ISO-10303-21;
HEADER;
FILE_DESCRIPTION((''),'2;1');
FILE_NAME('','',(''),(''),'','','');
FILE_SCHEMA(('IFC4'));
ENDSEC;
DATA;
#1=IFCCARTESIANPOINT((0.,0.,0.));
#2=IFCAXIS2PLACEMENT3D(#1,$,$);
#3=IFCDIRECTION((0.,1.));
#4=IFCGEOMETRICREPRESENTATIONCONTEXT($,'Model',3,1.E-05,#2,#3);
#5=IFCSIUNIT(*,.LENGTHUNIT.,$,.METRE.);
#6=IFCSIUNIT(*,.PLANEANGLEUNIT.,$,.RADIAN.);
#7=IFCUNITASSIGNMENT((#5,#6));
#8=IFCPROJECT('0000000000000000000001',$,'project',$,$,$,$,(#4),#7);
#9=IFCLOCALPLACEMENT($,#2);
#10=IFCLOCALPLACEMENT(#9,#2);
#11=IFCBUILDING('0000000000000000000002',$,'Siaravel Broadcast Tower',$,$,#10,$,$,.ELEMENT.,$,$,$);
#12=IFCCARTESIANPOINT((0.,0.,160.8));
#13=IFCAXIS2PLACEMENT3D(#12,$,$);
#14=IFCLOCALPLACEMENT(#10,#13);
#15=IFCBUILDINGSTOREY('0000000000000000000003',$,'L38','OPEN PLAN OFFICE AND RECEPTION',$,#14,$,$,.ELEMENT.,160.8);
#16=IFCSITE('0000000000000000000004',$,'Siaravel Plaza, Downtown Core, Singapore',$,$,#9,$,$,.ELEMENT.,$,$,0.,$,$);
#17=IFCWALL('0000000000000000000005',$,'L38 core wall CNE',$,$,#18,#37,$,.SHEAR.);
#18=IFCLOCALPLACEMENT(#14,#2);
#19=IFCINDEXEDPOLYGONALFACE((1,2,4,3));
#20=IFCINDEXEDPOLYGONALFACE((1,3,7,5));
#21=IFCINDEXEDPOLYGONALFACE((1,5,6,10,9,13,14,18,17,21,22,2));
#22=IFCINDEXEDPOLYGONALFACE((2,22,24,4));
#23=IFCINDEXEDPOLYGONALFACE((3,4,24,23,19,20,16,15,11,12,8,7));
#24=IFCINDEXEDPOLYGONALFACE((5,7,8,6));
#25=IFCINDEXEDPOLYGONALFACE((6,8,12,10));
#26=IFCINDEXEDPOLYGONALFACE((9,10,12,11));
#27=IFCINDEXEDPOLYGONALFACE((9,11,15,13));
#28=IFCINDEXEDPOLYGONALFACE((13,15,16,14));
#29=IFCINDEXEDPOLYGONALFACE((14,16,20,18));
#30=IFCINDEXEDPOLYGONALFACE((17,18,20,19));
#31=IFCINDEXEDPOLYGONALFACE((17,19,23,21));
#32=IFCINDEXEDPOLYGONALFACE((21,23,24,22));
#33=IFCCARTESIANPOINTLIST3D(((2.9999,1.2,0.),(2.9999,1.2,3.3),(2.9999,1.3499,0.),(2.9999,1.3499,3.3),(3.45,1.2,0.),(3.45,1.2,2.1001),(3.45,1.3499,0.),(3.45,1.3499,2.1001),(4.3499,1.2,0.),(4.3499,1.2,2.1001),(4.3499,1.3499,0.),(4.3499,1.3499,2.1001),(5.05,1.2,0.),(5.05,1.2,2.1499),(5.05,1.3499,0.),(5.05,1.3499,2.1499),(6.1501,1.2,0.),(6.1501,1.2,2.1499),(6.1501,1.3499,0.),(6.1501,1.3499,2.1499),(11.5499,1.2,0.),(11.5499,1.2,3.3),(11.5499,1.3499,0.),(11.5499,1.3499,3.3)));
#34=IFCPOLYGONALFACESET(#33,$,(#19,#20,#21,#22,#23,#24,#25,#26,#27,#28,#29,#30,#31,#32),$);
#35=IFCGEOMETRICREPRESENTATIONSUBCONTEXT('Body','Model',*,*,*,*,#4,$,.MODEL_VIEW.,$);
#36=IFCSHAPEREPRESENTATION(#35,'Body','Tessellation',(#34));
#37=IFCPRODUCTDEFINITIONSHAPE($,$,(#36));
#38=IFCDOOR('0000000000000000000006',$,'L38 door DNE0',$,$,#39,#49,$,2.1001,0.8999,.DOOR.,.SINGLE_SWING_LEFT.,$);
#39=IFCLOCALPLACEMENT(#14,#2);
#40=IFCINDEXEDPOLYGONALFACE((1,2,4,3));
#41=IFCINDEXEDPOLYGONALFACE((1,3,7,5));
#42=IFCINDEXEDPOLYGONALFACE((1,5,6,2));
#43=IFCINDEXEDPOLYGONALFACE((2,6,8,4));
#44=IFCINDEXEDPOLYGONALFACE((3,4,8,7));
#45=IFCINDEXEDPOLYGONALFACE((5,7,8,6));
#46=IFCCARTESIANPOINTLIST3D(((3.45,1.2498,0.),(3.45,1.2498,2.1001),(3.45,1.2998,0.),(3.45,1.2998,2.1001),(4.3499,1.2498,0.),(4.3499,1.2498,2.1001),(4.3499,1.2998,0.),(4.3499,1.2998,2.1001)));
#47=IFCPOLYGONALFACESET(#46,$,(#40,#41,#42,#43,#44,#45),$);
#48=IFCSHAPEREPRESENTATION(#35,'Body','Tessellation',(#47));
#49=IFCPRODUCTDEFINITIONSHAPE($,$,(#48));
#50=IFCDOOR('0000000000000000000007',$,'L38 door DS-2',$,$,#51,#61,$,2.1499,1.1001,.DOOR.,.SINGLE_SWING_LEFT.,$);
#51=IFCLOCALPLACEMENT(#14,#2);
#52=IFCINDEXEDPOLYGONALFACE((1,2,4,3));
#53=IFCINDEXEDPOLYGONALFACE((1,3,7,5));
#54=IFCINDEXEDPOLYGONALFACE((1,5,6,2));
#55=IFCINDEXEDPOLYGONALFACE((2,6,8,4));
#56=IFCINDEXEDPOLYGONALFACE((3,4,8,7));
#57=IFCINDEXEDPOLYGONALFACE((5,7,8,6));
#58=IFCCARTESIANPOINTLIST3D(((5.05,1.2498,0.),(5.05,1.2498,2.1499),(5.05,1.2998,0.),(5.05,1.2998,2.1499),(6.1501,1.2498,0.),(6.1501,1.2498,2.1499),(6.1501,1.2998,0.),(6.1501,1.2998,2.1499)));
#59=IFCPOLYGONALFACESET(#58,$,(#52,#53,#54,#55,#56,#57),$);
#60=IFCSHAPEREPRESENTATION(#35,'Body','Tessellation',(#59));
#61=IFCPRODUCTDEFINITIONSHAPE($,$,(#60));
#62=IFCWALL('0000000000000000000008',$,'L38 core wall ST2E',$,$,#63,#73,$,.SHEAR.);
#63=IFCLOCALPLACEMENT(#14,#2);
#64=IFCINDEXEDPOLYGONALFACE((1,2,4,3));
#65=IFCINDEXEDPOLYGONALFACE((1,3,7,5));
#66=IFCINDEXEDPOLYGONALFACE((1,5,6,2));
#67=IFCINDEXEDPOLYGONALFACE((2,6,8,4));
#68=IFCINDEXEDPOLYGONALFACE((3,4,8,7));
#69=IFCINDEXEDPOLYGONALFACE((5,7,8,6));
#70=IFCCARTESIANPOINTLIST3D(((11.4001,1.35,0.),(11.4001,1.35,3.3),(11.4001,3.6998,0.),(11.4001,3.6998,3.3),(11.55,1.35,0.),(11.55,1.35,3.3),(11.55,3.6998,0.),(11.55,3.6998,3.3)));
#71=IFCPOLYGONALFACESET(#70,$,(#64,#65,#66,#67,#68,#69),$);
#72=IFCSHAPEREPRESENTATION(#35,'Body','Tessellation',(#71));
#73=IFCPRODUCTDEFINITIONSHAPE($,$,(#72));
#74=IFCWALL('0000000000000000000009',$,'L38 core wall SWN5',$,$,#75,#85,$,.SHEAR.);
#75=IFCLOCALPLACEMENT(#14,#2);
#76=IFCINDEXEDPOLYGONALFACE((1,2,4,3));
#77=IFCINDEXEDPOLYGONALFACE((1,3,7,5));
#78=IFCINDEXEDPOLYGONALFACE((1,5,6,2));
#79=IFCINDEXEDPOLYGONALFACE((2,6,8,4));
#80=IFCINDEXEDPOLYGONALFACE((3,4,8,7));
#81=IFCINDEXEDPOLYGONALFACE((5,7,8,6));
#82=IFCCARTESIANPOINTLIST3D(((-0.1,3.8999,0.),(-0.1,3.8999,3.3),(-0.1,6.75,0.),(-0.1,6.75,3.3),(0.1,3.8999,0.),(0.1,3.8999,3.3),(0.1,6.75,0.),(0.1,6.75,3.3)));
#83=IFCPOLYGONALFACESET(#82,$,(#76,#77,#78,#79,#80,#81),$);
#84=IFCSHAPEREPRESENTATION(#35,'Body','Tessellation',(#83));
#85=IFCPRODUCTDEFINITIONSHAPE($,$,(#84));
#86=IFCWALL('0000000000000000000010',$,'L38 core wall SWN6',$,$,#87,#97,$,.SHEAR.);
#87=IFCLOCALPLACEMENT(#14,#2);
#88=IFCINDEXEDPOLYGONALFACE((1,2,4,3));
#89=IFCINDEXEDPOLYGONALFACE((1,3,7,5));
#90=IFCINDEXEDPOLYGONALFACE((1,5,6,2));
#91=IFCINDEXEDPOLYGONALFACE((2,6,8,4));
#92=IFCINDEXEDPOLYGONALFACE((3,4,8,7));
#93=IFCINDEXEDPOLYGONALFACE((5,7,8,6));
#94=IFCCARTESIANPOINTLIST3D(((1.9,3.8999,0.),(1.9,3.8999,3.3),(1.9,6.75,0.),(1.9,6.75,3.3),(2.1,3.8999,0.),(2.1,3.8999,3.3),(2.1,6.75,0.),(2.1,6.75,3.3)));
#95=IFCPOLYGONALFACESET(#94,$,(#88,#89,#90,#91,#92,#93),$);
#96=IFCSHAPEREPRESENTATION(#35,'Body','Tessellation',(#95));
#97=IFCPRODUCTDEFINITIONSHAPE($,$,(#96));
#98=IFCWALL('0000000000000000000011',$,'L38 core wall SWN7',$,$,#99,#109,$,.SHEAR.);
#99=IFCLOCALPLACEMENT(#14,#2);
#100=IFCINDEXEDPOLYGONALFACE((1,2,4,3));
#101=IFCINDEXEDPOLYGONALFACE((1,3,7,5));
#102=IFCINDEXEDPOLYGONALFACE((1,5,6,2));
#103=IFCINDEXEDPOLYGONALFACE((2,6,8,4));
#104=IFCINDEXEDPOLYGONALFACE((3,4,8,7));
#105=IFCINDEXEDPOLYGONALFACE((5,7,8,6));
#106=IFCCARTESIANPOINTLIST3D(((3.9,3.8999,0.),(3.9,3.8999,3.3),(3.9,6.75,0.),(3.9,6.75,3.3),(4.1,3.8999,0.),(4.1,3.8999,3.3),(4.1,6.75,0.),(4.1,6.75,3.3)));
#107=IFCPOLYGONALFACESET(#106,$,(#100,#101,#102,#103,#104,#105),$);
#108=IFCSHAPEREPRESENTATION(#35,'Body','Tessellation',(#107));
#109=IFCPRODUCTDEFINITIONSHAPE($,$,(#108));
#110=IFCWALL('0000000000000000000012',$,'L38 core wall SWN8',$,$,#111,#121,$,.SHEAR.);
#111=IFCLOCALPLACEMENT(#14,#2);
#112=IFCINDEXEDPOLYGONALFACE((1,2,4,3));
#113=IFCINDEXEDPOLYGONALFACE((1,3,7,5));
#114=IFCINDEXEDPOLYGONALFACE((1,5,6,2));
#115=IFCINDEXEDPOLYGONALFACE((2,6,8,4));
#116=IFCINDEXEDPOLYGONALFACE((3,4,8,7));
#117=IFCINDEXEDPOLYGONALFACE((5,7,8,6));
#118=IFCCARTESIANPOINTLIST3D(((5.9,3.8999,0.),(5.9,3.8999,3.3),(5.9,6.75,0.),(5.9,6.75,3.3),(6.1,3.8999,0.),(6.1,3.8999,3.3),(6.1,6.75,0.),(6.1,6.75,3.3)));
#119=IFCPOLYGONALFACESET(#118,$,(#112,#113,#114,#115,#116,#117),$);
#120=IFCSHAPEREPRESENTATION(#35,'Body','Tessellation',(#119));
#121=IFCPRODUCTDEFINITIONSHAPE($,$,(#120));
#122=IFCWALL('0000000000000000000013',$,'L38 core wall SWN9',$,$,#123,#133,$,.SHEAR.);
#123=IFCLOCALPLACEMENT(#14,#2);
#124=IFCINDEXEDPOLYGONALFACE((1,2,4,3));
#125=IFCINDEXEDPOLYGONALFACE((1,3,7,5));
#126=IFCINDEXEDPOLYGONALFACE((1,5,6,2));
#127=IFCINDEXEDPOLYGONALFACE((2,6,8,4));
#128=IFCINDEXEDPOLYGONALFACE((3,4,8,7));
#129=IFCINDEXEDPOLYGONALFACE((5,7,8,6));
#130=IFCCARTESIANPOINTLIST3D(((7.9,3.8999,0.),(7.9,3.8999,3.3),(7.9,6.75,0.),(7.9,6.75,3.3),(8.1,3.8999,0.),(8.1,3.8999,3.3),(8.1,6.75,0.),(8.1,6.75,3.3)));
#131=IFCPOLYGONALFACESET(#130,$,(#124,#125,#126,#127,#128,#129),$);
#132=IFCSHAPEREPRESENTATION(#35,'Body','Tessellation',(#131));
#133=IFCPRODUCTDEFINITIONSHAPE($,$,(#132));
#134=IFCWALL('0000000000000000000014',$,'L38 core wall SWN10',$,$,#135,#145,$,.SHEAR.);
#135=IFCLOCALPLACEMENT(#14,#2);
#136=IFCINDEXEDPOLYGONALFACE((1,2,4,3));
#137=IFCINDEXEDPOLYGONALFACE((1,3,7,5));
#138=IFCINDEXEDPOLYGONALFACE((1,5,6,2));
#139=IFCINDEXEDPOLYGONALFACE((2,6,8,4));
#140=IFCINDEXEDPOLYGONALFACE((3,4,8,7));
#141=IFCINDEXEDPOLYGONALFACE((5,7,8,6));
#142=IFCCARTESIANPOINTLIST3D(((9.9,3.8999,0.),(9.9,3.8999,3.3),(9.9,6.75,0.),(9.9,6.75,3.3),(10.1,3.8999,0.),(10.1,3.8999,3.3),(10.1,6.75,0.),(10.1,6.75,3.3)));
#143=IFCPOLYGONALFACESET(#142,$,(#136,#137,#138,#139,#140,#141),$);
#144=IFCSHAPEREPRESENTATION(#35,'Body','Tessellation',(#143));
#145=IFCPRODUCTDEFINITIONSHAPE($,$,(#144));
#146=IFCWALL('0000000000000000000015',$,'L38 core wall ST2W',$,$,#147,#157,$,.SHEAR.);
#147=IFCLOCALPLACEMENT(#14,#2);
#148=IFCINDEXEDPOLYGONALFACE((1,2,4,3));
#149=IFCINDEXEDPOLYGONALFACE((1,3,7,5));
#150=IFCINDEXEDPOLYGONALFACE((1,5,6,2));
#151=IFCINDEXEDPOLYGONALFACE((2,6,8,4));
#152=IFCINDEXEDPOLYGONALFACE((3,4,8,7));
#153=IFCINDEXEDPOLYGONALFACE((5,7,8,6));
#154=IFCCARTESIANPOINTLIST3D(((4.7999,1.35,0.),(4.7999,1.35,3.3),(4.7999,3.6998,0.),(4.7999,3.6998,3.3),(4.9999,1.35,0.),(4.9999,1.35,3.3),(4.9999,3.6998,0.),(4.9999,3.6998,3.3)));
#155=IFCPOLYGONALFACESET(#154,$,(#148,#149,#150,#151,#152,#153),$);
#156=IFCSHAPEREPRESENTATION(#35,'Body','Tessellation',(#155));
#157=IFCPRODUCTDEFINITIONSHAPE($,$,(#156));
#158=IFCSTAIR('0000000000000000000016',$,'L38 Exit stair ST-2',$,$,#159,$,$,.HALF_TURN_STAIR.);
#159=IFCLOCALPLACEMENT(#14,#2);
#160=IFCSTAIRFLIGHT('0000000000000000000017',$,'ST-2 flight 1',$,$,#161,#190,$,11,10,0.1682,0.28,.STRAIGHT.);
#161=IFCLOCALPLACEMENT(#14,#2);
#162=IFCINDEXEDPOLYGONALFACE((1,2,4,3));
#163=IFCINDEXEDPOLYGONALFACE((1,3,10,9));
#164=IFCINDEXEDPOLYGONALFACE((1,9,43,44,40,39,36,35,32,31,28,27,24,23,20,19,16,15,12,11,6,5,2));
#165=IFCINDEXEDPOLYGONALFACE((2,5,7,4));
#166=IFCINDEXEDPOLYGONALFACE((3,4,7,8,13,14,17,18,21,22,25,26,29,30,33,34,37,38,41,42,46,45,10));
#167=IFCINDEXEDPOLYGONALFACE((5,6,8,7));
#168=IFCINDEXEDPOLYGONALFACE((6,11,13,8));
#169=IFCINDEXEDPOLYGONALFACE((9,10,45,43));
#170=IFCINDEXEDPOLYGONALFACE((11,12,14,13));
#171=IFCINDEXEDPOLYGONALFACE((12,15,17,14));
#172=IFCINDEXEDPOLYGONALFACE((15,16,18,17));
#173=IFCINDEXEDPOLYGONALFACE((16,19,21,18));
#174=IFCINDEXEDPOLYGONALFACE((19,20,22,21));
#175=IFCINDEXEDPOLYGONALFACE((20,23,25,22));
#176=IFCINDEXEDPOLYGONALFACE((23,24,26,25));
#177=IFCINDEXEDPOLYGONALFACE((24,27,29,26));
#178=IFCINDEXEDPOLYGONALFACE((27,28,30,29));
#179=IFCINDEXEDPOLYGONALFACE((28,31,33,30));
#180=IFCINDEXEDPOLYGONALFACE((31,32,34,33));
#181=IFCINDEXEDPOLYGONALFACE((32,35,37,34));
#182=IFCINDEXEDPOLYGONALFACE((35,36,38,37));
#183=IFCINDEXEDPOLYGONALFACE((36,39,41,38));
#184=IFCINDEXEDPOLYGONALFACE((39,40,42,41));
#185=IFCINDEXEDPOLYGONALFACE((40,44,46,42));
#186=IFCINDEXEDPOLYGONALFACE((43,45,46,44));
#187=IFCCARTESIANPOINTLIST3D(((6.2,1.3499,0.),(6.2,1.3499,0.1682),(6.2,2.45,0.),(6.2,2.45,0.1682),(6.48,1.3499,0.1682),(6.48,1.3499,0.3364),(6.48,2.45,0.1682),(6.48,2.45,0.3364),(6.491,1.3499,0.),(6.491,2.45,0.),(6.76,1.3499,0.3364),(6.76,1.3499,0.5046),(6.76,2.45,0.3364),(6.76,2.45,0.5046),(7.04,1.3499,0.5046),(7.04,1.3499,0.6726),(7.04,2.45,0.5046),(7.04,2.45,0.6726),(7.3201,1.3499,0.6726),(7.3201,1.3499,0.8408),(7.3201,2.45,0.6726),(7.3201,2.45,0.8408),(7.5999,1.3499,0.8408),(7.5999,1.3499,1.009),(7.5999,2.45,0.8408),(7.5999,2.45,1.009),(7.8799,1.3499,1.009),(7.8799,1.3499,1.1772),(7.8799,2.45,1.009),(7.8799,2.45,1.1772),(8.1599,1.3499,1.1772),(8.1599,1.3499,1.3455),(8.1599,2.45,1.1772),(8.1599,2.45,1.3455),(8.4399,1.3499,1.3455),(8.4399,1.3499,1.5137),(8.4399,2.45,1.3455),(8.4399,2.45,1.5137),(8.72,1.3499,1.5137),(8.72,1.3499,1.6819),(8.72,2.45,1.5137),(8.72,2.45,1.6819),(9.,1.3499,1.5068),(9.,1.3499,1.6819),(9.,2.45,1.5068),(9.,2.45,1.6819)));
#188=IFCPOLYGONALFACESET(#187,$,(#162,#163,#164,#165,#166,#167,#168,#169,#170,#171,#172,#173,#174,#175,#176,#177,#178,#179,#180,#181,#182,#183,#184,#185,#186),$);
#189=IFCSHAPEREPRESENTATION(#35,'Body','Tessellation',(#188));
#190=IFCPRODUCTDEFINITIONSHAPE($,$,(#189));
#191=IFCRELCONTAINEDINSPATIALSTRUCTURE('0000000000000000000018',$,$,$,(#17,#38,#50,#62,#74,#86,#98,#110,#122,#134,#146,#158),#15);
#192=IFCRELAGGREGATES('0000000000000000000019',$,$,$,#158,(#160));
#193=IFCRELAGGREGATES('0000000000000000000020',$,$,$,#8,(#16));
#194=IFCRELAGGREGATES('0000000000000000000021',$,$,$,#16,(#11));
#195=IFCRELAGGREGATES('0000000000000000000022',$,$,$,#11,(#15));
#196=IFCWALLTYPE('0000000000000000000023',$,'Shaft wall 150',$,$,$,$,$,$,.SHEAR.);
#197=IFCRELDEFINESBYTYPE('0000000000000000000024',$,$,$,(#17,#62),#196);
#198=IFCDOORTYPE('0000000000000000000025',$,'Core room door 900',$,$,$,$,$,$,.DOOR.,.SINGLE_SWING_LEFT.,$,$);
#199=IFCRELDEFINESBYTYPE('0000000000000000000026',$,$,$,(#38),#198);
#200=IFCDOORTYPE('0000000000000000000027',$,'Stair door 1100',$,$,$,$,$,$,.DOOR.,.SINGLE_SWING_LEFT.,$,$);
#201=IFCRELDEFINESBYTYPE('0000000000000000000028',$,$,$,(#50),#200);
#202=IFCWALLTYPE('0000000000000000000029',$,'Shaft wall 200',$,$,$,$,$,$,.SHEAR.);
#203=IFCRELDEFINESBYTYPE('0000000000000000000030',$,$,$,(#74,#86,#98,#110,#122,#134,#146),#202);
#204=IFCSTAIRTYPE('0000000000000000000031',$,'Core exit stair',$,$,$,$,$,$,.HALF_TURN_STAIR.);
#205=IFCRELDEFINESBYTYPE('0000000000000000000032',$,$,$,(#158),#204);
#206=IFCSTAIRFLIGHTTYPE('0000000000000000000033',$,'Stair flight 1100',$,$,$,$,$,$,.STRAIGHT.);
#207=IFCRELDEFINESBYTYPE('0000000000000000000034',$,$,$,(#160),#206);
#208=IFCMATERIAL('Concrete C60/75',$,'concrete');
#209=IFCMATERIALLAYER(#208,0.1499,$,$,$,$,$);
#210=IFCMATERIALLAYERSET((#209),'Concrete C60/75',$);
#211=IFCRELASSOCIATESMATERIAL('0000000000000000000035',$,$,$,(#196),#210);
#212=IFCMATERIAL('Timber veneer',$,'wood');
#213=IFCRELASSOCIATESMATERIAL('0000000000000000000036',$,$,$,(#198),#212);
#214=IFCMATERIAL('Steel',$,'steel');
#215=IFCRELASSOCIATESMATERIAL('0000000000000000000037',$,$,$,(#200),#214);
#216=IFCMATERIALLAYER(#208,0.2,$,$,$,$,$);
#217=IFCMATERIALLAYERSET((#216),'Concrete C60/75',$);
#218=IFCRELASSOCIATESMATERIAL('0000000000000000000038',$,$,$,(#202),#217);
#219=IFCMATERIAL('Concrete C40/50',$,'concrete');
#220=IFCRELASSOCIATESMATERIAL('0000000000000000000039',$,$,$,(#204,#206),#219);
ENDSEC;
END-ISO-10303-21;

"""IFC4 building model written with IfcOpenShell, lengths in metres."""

from ifc_helpers import new_model, si_unit, direction, frame, frame_2d, origin, place, context, subcontext, project, spatial, polyline, rectangle, outline, extrude, material, layer, layer_set, type_object, element, fill, aggregate, save


model = new_model("IFC4")

# Units and contexts
model_context = context("Model", 3, precision=1e-05, world=origin(), true_north=direction((0.0, 1.0)))
body_context = subcontext(model_context, "Body", "Model", "MODEL_VIEW")
ifc_project = project(units=[si_unit("LENGTHUNIT", "METRE"), si_unit("PLANEANGLEUNIT", "RADIAN")], contexts=[model_context])

# Site, building, storey
site_placement = place(None, origin())
site = spatial("IfcSite", under=ifc_project, at=site_placement, Name="Siaravel Plaza, Downtown Core, Singapore", CompositionType="ELEMENT", RefElevation=0.0)
building_placement = place(site_placement, origin())
building = spatial("IfcBuilding", under=site, at=building_placement, Name="Siaravel Broadcast Tower", CompositionType="ELEMENT")
storey_placement = place(building_placement, frame((0.0, 0.0, 160.8)))
storey = spatial("IfcBuildingStorey", under=building, at=storey_placement, Name="L38", Description="OPEN PLAN OFFICE AND RECEPTION", CompositionType="ELEMENT", Elevation=160.8)

# Shared definitions
ifc_material_1 = material(Name="Concrete C60/75", Category="concrete")

# Shared definitions
ifc_material_2 = material(Name="Timber veneer", Category="wood")

# Wall, openings, doors
ifc_layer_1 = layer(ifc_material_1, 0.1499)
ifc_layer_set_1 = layer_set([ifc_layer_1], Name="Concrete C60/75")
wall_type_1 = type_object("IfcWallType", Name="Shaft wall 150", PredefinedType="SHEAR", material=ifc_layer_set_1)
wall_1_placement = place(storey_placement, frame((3.0, 1.2749, 0.0), z_axis=(0.0, 0.0, 1.0), x_axis=(1.0, 0.0, 0.0)))
wall_1 = element("IfcWall", 1, at=wall_1_placement, inside=storey, type_object=wall_type_1, Name="L38 core wall CNE", PredefinedType="SHEAR", context=body_context, shape_type="SweptSolid", body=[
    extrude(rectangle(XDim=8.55, YDim=0.1499, at=frame_2d((4.2749, 0.0))), origin(), (0.0, 0.0, 1.0), 3.3),
])
opening_1_placement = place(wall_1_placement, frame((2.05, 0.0, 0.0)))
opening_1 = element("IfcOpeningElement", 2, at=opening_1_placement, cuts=wall_1, PredefinedType="OPENING", context=body_context, shape_type="SweptSolid", body=[
    extrude(rectangle(XDim=1.1001, YDim=2.1499, at=frame_2d((0.55, 1.075))), frame((0.0, 0.085, 0.0), z_axis=(0.0, -1.0, 0.0), x_axis=(1.0, 0.0, 0.0)), (0.0, 0.0, 1.0), 0.1699),
])
opening_2_placement = place(wall_1_placement, frame((0.45, 0.0, 0.0)))
opening_2 = element("IfcOpeningElement", 3, at=opening_2_placement, cuts=wall_1, PredefinedType="OPENING", context=body_context, shape_type="SweptSolid", body=[
    extrude(rectangle(XDim=0.8999, YDim=2.1001, at=frame_2d((0.45, 1.05))), frame((0.0, 0.085, 0.0), z_axis=(0.0, -1.0, 0.0), x_axis=(1.0, 0.0, 0.0)), (0.0, 0.0, 1.0), 0.1699),
])
door_type_1 = type_object("IfcDoorType", Name="Core room door 900", OperationType="SINGLE_SWING_LEFT", PredefinedType="DOOR", material=ifc_material_2)
door_1_placement = place(opening_2_placement, origin())
door_1 = element("IfcDoor", 4, at=door_1_placement, inside=storey, type_object=door_type_1, Name="L38 door DNE0", OperationType="SINGLE_SWING_LEFT", OverallHeight=2.1001, OverallWidth=0.8999, PredefinedType="DOOR", context=body_context, shape_type="SweptSolid", body=[
    extrude(rectangle(XDim=0.8999, YDim=2.1001, at=frame_2d((0.45, 1.05))), frame((0.0, 0.0249, 0.0), z_axis=(0.0, -1.0, 0.0), x_axis=(1.0, 0.0, 0.0)), (0.0, 0.0, 1.0), 0.05),
])
fill(opening_2, door_1)
ifc_material_3 = material(Name="Steel", Category="steel")
door_type_2 = type_object("IfcDoorType", Name="Stair door 1100", OperationType="SINGLE_SWING_LEFT", PredefinedType="DOOR", material=ifc_material_3)
door_2_placement = place(opening_1_placement, origin())
door_2 = element("IfcDoor", 5, at=door_2_placement, inside=storey, type_object=door_type_2, Name="L38 door DS-2", OperationType="SINGLE_SWING_LEFT", OverallHeight=2.1499, OverallWidth=1.1001, PredefinedType="DOOR", context=body_context, shape_type="SweptSolid", body=[
    extrude(rectangle(XDim=1.1001, YDim=2.1499, at=frame_2d((0.55, 1.075))), frame((0.0, 0.0249, 0.0), z_axis=(0.0, -1.0, 0.0), x_axis=(1.0, 0.0, 0.0)), (0.0, 0.0, 1.0), 0.05),
])
fill(opening_1, door_2)

# Walls
wall_2_placement = place(storey_placement, frame((11.4751, 1.3501, 0.0), z_axis=(0.0, 0.0, 1.0), x_axis=(0.0, 1.0, 0.0)))
element("IfcWall", 6, at=wall_2_placement, inside=storey, type_object=wall_type_1, Name="L38 core wall ST2E", PredefinedType="SHEAR", context=body_context, shape_type="SweptSolid", body=[
    extrude(rectangle(XDim=2.3499, YDim=0.1499, at=frame_2d((1.1748, 0.0))), origin(), (0.0, 0.0, 1.0), 3.3),
])
ifc_layer_2 = layer(ifc_material_1, 0.2)
ifc_layer_set_2 = layer_set([ifc_layer_2], Name="Concrete C60/75")
wall_type_2 = type_object("IfcWallType", Name="Shaft wall 200", PredefinedType="SHEAR", material=ifc_layer_set_2)
for number, where, z_axis, x_axis, name in (
    (7, (0.0, 3.8999, 0.0), (0.0, 0.0, 1.0), (0.0, 1.0, 0.0), "L38 core wall SWN5"),
    (8, (2.0, 3.8999, 0.0), (0.0, 0.0, 1.0), (0.0, 1.0, 0.0), "L38 core wall SWN6"),
    (9, (4.0, 3.8999, 0.0), (0.0, 0.0, 1.0), (0.0, 1.0, 0.0), "L38 core wall SWN7"),
    (10, (6.0, 3.8999, 0.0), (0.0, 0.0, 1.0), (0.0, 1.0, 0.0), "L38 core wall SWN8"),
    (11, (8.0, 3.8999, 0.0), (0.0, 0.0, 1.0), (0.0, 1.0, 0.0), "L38 core wall SWN9"),
    (12, (10.0, 3.8999, 0.0), (0.0, 0.0, 1.0), (0.0, 1.0, 0.0), "L38 core wall SWN10"),
):
    element("IfcWall", number, at=place(storey_placement, frame(where, z_axis=z_axis, x_axis=x_axis)), inside=storey, type_object=wall_type_2, Name=name, PredefinedType="SHEAR", context=body_context, shape_type="SweptSolid", body=[
        extrude(rectangle(XDim=2.8501, YDim=0.2, at=frame_2d((1.425, 0.0))), origin(), (0.0, 0.0, 1.0), 3.3),
    ])
wall_3_placement = place(storey_placement, frame((4.8999, 1.3501, 0.0), z_axis=(0.0, 0.0, 1.0), x_axis=(0.0, 1.0, 0.0)))
element("IfcWall", 13, at=wall_3_placement, inside=storey, type_object=wall_type_2, Name="L38 core wall ST2W", PredefinedType="SHEAR", context=body_context, shape_type="SweptSolid", body=[
    extrude(rectangle(XDim=2.3499, YDim=0.2, at=frame_2d((1.1748, 0.0))), origin(), (0.0, 0.0, 1.0), 3.3),
])

# Stair, stair flight
ifc_material_4 = material(Name="Concrete C40/50", Category="concrete")
stair_type = type_object("IfcStairType", Name="Core exit stair", PredefinedType="HALF_TURN_STAIR", material=ifc_material_4)
stair_placement = place(storey_placement, origin())
stair = element("IfcStair", 14, at=stair_placement, inside=storey, type_object=stair_type, Name="L38 Exit stair ST-2", PredefinedType="HALF_TURN_STAIR")
stair_flight_type = type_object("IfcStairFlightType", Name="Stair flight 1100", PredefinedType="STRAIGHT", material=ifc_material_4)
stair_flight_1_placement = place(storey_placement, frame((6.2, 1.8999, 0.0), z_axis=(0.0, 0.0, 1.0), x_axis=(1.0, 0.0, 0.0)))
stair_flight_1 = element("IfcStairFlight", 15, at=stair_flight_1_placement, type_object=stair_flight_type, Name="ST-2 flight 1", NumberOfRisers=11, NumberOfTreads=10, PredefinedType="STRAIGHT", RiserHeight=0.1682, TreadLength=0.28, context=body_context, shape_type="SweptSolid", body=[
    extrude(outline(polyline([(0.0, 0.0), (0.0, 0.1682), (0.28, 0.1682), (0.28, 0.3364), (0.5601, 0.3364), (0.5601, 0.5046), (0.8401, 0.5046), (0.8401, 0.6726), (1.1201, 0.6726), (1.1201, 0.8408), (1.3999, 0.8408), (1.3999, 1.009), (1.6799, 1.009), (1.6799, 1.1772), (1.96, 1.1772), (1.96, 1.3455), (2.24, 1.3455), (2.24, 1.5137), (2.52, 1.5137), (2.52, 1.6819), (2.8, 1.6819), (2.8, 1.8501), (2.8, 1.5068), (0.291, 0.0), (0.0, 0.0)])), frame((0.0, 0.55, 0.0), z_axis=(0.0, -1.0, 0.0), x_axis=(1.0, 0.0, 0.0)), (0.0, 0.0, 1.0), 1.1001),
])
aggregate(stair, [stair_flight_1])

save(model, "model.ifc")
